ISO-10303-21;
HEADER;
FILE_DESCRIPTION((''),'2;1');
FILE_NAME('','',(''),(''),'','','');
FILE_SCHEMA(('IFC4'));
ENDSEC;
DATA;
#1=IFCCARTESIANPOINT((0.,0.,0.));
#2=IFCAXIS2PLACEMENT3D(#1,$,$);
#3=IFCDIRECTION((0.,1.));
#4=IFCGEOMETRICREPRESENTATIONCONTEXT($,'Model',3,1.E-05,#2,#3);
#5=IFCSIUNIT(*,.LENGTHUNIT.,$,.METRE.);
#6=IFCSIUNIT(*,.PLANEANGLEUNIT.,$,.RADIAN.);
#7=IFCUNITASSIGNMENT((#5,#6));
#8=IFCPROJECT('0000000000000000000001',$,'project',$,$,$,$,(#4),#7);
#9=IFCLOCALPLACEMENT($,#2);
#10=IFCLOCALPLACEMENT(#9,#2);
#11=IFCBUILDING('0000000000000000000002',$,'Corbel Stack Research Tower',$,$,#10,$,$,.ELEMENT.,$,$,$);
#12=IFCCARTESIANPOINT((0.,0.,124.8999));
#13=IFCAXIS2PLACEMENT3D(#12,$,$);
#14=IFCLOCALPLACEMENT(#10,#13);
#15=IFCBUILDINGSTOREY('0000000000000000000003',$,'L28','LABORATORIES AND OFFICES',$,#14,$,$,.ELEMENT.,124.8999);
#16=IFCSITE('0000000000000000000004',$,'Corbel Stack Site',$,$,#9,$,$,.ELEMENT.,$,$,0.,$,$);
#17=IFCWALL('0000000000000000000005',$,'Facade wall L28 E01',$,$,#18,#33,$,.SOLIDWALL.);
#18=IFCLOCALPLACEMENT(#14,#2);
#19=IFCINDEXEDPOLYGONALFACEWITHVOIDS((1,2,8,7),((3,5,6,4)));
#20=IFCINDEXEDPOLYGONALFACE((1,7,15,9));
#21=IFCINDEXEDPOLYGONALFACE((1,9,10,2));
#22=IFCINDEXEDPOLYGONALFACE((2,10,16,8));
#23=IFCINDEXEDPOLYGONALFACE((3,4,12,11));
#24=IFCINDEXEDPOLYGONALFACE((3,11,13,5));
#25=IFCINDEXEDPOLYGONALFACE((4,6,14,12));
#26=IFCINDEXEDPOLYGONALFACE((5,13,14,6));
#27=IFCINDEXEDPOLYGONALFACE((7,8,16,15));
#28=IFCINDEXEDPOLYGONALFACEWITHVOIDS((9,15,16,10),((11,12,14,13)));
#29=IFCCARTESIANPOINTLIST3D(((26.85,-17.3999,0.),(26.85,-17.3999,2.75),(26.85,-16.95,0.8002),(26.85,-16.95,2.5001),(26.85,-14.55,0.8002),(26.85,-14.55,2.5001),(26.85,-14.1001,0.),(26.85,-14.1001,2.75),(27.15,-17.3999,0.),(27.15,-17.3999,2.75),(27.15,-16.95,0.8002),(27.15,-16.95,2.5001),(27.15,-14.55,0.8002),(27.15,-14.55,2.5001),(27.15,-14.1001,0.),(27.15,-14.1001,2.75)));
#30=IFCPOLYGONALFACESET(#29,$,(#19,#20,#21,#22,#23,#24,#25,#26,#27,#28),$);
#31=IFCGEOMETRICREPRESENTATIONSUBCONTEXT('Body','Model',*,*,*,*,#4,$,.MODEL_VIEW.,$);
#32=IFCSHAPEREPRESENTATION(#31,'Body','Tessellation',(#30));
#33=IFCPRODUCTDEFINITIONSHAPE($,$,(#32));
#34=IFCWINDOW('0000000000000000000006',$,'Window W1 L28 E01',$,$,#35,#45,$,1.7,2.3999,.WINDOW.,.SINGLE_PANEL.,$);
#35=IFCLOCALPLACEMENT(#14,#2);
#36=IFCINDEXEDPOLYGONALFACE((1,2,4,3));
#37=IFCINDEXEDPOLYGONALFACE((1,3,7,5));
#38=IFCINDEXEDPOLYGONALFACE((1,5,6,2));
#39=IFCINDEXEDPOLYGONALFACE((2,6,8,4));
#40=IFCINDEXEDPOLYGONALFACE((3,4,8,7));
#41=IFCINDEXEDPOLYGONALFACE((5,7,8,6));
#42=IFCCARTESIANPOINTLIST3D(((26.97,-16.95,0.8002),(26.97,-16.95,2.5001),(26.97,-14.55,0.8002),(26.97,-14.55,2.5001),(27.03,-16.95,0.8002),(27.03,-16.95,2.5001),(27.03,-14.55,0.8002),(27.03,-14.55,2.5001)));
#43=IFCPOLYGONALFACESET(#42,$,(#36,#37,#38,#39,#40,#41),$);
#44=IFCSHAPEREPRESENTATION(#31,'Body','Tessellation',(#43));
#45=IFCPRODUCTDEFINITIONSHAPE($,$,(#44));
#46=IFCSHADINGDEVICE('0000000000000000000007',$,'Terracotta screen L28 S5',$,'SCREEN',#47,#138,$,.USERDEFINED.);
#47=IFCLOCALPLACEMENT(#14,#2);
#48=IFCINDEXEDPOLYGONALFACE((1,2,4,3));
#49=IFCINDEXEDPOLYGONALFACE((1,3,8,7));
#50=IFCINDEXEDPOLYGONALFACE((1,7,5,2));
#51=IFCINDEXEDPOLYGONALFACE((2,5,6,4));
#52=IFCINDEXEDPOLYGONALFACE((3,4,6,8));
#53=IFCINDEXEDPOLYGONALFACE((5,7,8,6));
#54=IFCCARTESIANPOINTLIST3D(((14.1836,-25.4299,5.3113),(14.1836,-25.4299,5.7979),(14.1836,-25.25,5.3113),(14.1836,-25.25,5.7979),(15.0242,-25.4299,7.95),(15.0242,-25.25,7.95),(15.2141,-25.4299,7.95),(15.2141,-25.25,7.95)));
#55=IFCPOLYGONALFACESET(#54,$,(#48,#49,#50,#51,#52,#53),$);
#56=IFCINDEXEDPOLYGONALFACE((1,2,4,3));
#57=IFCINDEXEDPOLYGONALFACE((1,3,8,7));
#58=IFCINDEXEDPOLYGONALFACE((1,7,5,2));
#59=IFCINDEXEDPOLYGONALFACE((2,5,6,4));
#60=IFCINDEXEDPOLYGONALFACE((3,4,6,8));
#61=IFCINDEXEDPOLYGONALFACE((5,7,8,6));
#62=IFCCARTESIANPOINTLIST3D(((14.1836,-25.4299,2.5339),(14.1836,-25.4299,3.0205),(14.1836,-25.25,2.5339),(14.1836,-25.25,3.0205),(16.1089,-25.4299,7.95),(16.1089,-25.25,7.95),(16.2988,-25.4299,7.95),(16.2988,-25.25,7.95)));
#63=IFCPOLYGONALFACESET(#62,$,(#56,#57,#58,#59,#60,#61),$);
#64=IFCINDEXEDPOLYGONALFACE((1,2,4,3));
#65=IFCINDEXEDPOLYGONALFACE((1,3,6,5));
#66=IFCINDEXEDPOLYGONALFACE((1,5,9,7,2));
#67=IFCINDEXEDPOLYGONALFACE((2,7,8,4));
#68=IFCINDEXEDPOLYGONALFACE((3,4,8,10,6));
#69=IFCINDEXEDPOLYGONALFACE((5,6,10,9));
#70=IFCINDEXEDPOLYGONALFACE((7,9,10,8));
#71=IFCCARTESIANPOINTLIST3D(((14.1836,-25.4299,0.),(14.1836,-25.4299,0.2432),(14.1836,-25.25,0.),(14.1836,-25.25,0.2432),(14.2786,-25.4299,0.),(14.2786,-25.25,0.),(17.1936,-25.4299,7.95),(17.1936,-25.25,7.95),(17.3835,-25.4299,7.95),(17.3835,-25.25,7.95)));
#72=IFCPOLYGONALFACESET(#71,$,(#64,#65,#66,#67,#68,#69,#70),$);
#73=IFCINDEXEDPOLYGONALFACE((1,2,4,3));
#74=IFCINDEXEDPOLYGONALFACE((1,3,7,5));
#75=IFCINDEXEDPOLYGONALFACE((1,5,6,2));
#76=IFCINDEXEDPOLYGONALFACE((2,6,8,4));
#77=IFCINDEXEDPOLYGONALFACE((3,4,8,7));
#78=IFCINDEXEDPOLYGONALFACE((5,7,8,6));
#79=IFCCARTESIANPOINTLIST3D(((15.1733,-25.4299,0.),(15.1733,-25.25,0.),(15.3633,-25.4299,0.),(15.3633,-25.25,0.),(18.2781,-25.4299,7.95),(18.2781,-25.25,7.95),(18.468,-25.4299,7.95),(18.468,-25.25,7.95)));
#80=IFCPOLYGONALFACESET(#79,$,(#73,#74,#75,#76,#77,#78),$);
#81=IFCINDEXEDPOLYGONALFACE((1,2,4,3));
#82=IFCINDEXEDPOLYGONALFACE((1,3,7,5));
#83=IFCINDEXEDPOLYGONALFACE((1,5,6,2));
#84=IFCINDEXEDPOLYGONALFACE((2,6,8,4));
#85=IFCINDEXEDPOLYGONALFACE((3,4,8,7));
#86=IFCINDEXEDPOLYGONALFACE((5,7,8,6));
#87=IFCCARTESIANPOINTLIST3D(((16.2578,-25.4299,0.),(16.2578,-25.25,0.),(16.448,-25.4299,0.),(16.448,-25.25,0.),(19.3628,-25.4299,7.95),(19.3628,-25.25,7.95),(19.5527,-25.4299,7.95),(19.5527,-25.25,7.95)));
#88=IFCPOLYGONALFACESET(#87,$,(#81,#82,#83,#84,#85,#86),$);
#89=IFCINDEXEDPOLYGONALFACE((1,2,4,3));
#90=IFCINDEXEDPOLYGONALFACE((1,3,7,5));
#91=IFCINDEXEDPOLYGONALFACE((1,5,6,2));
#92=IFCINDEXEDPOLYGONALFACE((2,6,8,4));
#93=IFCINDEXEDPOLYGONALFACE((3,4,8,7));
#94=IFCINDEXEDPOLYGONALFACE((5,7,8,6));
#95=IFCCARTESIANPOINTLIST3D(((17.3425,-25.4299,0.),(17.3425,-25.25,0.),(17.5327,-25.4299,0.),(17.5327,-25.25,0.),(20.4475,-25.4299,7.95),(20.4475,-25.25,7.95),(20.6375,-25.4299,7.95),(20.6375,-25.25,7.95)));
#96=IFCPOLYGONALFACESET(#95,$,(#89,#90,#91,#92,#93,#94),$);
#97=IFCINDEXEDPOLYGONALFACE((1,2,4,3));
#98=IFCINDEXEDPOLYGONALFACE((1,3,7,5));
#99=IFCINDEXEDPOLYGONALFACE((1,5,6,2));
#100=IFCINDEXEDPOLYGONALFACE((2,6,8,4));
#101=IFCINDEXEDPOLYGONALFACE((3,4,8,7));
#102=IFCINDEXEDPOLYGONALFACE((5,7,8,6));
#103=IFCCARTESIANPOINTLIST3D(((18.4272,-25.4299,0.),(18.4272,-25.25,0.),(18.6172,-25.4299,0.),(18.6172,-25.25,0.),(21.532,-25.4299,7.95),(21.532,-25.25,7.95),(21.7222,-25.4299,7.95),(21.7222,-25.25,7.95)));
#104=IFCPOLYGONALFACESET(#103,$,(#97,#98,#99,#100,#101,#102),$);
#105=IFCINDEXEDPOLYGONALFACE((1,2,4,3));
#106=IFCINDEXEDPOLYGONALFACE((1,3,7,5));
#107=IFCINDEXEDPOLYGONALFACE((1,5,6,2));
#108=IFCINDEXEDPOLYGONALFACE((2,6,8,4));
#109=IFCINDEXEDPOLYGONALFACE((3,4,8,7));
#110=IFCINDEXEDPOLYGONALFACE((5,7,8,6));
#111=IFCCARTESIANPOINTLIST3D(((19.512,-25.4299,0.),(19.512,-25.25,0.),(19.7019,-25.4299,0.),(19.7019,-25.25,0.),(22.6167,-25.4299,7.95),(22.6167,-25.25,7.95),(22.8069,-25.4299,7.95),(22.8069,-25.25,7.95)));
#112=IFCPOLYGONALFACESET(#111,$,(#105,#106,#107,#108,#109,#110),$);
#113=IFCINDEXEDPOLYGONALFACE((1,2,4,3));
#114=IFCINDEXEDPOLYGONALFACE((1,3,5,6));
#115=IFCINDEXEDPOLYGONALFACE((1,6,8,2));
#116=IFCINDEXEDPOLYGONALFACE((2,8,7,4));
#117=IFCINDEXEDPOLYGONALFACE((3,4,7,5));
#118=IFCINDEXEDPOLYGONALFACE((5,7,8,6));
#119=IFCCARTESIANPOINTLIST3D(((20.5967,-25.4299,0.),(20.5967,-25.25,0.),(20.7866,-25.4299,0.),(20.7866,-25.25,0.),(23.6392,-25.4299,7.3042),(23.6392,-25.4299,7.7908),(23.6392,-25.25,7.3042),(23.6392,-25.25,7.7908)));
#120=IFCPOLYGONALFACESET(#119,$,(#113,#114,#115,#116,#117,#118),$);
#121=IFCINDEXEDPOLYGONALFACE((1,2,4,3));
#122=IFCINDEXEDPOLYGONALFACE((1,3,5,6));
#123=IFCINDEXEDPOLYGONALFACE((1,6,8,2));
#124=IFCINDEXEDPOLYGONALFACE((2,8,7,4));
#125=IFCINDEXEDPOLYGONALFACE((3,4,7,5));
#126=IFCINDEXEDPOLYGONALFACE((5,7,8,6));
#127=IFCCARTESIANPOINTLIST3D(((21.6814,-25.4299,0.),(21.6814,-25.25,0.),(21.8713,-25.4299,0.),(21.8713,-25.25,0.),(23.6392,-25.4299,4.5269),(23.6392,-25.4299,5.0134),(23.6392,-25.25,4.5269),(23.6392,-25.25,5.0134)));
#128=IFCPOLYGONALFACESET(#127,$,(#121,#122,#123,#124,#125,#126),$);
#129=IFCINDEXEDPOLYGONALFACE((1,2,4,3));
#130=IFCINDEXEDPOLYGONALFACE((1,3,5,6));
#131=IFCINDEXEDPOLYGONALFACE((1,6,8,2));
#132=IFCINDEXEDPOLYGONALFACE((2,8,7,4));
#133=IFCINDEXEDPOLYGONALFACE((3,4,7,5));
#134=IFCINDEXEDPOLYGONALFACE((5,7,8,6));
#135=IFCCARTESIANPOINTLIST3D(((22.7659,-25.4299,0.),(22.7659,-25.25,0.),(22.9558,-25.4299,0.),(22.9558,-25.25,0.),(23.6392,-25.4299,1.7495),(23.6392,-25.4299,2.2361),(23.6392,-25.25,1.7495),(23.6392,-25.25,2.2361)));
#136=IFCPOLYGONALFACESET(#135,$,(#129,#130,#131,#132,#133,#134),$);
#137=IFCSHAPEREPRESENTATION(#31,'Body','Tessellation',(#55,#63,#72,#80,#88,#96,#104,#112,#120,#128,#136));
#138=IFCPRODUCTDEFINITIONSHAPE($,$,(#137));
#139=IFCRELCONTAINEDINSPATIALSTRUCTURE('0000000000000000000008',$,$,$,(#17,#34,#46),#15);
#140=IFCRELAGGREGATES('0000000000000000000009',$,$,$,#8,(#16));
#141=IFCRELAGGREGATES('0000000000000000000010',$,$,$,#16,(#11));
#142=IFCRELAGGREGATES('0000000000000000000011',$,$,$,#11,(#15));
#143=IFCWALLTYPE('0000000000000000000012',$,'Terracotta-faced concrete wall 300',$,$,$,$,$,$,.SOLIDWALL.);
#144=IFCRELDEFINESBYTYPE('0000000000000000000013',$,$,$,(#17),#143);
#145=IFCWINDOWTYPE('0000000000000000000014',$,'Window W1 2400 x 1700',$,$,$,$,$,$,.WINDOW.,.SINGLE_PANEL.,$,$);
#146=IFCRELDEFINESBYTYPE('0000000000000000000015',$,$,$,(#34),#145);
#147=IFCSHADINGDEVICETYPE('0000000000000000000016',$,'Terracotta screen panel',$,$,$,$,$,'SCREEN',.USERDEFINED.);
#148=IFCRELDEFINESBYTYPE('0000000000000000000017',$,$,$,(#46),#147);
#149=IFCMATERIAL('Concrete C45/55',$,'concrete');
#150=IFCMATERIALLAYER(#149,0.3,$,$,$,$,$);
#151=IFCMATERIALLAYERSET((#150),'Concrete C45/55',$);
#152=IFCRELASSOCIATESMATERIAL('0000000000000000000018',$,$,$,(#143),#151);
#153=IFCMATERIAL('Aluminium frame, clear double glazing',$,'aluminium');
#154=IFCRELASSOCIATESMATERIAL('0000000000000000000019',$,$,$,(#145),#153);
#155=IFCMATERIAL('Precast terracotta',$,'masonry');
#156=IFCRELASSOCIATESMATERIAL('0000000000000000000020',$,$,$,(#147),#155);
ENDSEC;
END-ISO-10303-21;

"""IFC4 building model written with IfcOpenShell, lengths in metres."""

from ifc_helpers import new_model, si_unit, direction, frame, frame_2d, origin, place, context, subcontext, project, spatial, polyline, rectangle, outline, extrude, source, transform, mapped, material, layer, layer_set, type_object, element, fill, save


model = new_model("IFC4")

# Units and contexts
model_context = context("Model", 3, precision=1e-05, world=origin(), true_north=direction((0.0, 1.0)))
body_context = subcontext(model_context, "Body", "Model", "MODEL_VIEW")
ifc_project = project(units=[si_unit("LENGTHUNIT", "METRE"), si_unit("PLANEANGLEUNIT", "RADIAN")], contexts=[model_context])

# Site, building, storey
site_placement = place(None, origin())
site = spatial("IfcSite", under=ifc_project, at=site_placement, Name="Corbel Stack Site", CompositionType="ELEMENT", RefElevation=0.0)
building_placement = place(site_placement, origin())
building = spatial("IfcBuilding", under=site, at=building_placement, Name="Corbel Stack Research Tower", CompositionType="ELEMENT")
storey_placement = place(building_placement, frame((0.0, 0.0, 124.8999)))
storey = spatial("IfcBuildingStorey", under=building, at=storey_placement, Name="L28", Description="LABORATORIES AND OFFICES", CompositionType="ELEMENT", Elevation=124.8999)

# Shared definitions
ifc_material_1 = material(Name="Concrete C45/55", Category="concrete")
ifc_layer_1 = layer(ifc_material_1, 0.3)
ifc_layer_set_1 = layer_set([ifc_layer_1], Name="Concrete C45/55")
wall_type_1 = type_object("IfcWallType", Name="Terracotta-faced concrete wall 300", PredefinedType="SOLIDWALL", material=ifc_layer_set_1)

# Wall, opening, window
wall_1_placement = place(storey_placement, frame((27.0, -14.1001, 0.0), z_axis=(0.0, 0.0, 1.0), x_axis=(0.0, -1.0, 0.0)))
wall_1 = element("IfcWall", 1, at=wall_1_placement, inside=storey, type_object=wall_type_1, Name="Facade wall L28 E01", PredefinedType="SOLIDWALL", context=body_context, shape_type="SweptSolid", body=[
    extrude(rectangle(XDim=3.2998, YDim=0.3, at=frame_2d((1.6499, 0.0))), origin(), (0.0, 0.0, 1.0), 2.75),
])
opening_1_placement = place(wall_1_placement, frame((0.45, 0.0, 0.8)))
opening_1 = element("IfcOpeningElement", 2, at=opening_1_placement, cuts=wall_1, PredefinedType="OPENING", context=body_context, shape_type="SweptSolid", body=[
    extrude(rectangle(XDim=2.3999, YDim=1.7, at=frame_2d((1.2, 0.8501))), frame((0.0, 0.1599, 0.0), z_axis=(0.0, -1.0, 0.0), x_axis=(1.0, 0.0, 0.0)), (0.0, 0.0, 1.0), 0.3201),
])
ifc_material_2 = material(Name="Aluminium frame, clear double glazing", Category="aluminium")
window_type_1 = type_object("IfcWindowType", Name="Window W1 2400 x 1700", PartitioningType="SINGLE_PANEL", PredefinedType="WINDOW", material=ifc_material_2)
window_1_placement = place(opening_1_placement, origin())
window_1 = element("IfcWindow", 3, at=window_1_placement, inside=storey, type_object=window_type_1, Name="Window W1 L28 E01", OverallHeight=1.7, OverallWidth=2.3999, PartitioningType="SINGLE_PANEL", PredefinedType="WINDOW", context=body_context, shape_type="SweptSolid", body=[
    extrude(rectangle(XDim=2.3999, YDim=1.7, at=frame_2d((1.2, 0.8501))), frame((0.0, 0.03, 0.0), z_axis=(0.0, -1.0, 0.0), x_axis=(1.0, 0.0, 0.0)), (0.0, 0.0, 1.0), 0.0601),
])
fill(opening_1, window_1)

# Shading device
ifc_material_3 = material(Name="Precast terracotta", Category="masonry")
shading_device_type = type_object("IfcShadingDeviceType", Name="Terracotta screen panel", ElementType="SCREEN", PredefinedType="USERDEFINED", material=ifc_material_3)
shared_shape_1 = source(origin(), body_context, "Body", "SweptSolid", [
    extrude(outline(polyline([(1.0305, 7.95), (0.8406, 7.95), (0.0, 5.7979), (0.0, 5.3113), (1.0305, 7.95)])), frame((0.0, 0.0, 0.0), z_axis=(0.0, -1.0, 0.0), x_axis=(1.0, 0.0, 0.0)), (0.0, 0.0, 1.0), 0.1799),
    extrude(outline(polyline([(2.1152, 7.95), (1.9253, 7.95), (0.0, 3.0205), (0.0, 2.5339), (2.1152, 7.95)])), frame((0.0, 0.0, 0.0), z_axis=(0.0, -1.0, 0.0), x_axis=(1.0, 0.0, 0.0)), (0.0, 0.0, 1.0), 0.1799),
    extrude(outline(polyline([(0.095, 0.0), (3.2, 7.95), (3.01, 7.95), (0.0, 0.2432), (0.0, 0.0), (0.095, 0.0)])), frame((0.0, 0.0, 0.0), z_axis=(0.0, -1.0, 0.0), x_axis=(1.0, 0.0, 0.0)), (0.0, 0.0, 1.0), 0.1799),
    extrude(outline(polyline([(1.1797, 0.0), (4.2844, 7.95), (4.0945, 7.95), (0.9897, 0.0), (1.1797, 0.0)])), frame((0.0, 0.0, 0.0), z_axis=(0.0, -1.0, 0.0), x_axis=(1.0, 0.0, 0.0)), (0.0, 0.0, 1.0), 0.1799),
    extrude(outline(polyline([(2.2644, 0.0), (5.3691, 7.95), (5.1792, 7.95), (2.0742, 0.0), (2.2644, 0.0)])), frame((0.0, 0.0, 0.0), z_axis=(0.0, -1.0, 0.0), x_axis=(1.0, 0.0, 0.0)), (0.0, 0.0, 1.0), 0.1799),
    extrude(outline(polyline([(3.3491, 0.0), (6.4539, 7.95), (6.2639, 7.95), (3.1589, 0.0), (3.3491, 0.0)])), frame((0.0, 0.0, 0.0), z_axis=(0.0, -1.0, 0.0), x_axis=(1.0, 0.0, 0.0)), (0.0, 0.0, 1.0), 0.1799),
    extrude(outline(polyline([(4.4336, 0.0), (7.5386, 7.95), (7.3484, 7.95), (4.2437, 0.0), (4.4336, 0.0)])), frame((0.0, 0.0, 0.0), z_axis=(0.0, -1.0, 0.0), x_axis=(1.0, 0.0, 0.0)), (0.0, 0.0, 1.0), 0.1799),
    extrude(outline(polyline([(5.5183, 0.0), (8.6233, 7.95), (8.4331, 7.95), (5.3284, 0.0), (5.5183, 0.0)])), frame((0.0, 0.0, 0.0), z_axis=(0.0, -1.0, 0.0), x_axis=(1.0, 0.0, 0.0)), (0.0, 0.0, 1.0), 0.1799),
    extrude(outline(polyline([(6.603, 0.0), (9.4556, 7.3042), (9.4556, 7.7908), (6.4131, 0.0), (6.603, 0.0)])), frame((0.0, 0.0, 0.0), z_axis=(0.0, -1.0, 0.0), x_axis=(1.0, 0.0, 0.0)), (0.0, 0.0, 1.0), 0.1799),
    extrude(outline(polyline([(7.6877, 0.0), (9.4556, 4.5269), (9.4556, 5.0134), (7.4978, 0.0), (7.6877, 0.0)])), frame((0.0, 0.0, 0.0), z_axis=(0.0, -1.0, 0.0), x_axis=(1.0, 0.0, 0.0)), (0.0, 0.0, 1.0), 0.1799),
    extrude(outline(polyline([(8.7722, 0.0), (9.4556, 1.7495), (9.4556, 2.2361), (8.5823, 0.0), (8.7722, 0.0)])), frame((0.0, 0.0, 0.0), z_axis=(0.0, -1.0, 0.0), x_axis=(1.0, 0.0, 0.0)), (0.0, 0.0, 1.0), 0.1799),
])
shading_device_1_placement = place(storey_placement, frame((14.1836, -25.25, 0.0), z_axis=(0.0, 0.0, 1.0), x_axis=(1.0, 0.0, 0.0)))
element("IfcShadingDevice", 4, at=shading_device_1_placement, inside=storey, type_object=shading_device_type, Name="Terracotta screen L28 S5", ObjectType="SCREEN", PredefinedType="USERDEFINED", context=body_context, shape_type="MappedRepresentation", body=[
    mapped(shared_shape_1, transform((0.0, 0.0, 0.0))),
])

save(model, "model.ifc")
